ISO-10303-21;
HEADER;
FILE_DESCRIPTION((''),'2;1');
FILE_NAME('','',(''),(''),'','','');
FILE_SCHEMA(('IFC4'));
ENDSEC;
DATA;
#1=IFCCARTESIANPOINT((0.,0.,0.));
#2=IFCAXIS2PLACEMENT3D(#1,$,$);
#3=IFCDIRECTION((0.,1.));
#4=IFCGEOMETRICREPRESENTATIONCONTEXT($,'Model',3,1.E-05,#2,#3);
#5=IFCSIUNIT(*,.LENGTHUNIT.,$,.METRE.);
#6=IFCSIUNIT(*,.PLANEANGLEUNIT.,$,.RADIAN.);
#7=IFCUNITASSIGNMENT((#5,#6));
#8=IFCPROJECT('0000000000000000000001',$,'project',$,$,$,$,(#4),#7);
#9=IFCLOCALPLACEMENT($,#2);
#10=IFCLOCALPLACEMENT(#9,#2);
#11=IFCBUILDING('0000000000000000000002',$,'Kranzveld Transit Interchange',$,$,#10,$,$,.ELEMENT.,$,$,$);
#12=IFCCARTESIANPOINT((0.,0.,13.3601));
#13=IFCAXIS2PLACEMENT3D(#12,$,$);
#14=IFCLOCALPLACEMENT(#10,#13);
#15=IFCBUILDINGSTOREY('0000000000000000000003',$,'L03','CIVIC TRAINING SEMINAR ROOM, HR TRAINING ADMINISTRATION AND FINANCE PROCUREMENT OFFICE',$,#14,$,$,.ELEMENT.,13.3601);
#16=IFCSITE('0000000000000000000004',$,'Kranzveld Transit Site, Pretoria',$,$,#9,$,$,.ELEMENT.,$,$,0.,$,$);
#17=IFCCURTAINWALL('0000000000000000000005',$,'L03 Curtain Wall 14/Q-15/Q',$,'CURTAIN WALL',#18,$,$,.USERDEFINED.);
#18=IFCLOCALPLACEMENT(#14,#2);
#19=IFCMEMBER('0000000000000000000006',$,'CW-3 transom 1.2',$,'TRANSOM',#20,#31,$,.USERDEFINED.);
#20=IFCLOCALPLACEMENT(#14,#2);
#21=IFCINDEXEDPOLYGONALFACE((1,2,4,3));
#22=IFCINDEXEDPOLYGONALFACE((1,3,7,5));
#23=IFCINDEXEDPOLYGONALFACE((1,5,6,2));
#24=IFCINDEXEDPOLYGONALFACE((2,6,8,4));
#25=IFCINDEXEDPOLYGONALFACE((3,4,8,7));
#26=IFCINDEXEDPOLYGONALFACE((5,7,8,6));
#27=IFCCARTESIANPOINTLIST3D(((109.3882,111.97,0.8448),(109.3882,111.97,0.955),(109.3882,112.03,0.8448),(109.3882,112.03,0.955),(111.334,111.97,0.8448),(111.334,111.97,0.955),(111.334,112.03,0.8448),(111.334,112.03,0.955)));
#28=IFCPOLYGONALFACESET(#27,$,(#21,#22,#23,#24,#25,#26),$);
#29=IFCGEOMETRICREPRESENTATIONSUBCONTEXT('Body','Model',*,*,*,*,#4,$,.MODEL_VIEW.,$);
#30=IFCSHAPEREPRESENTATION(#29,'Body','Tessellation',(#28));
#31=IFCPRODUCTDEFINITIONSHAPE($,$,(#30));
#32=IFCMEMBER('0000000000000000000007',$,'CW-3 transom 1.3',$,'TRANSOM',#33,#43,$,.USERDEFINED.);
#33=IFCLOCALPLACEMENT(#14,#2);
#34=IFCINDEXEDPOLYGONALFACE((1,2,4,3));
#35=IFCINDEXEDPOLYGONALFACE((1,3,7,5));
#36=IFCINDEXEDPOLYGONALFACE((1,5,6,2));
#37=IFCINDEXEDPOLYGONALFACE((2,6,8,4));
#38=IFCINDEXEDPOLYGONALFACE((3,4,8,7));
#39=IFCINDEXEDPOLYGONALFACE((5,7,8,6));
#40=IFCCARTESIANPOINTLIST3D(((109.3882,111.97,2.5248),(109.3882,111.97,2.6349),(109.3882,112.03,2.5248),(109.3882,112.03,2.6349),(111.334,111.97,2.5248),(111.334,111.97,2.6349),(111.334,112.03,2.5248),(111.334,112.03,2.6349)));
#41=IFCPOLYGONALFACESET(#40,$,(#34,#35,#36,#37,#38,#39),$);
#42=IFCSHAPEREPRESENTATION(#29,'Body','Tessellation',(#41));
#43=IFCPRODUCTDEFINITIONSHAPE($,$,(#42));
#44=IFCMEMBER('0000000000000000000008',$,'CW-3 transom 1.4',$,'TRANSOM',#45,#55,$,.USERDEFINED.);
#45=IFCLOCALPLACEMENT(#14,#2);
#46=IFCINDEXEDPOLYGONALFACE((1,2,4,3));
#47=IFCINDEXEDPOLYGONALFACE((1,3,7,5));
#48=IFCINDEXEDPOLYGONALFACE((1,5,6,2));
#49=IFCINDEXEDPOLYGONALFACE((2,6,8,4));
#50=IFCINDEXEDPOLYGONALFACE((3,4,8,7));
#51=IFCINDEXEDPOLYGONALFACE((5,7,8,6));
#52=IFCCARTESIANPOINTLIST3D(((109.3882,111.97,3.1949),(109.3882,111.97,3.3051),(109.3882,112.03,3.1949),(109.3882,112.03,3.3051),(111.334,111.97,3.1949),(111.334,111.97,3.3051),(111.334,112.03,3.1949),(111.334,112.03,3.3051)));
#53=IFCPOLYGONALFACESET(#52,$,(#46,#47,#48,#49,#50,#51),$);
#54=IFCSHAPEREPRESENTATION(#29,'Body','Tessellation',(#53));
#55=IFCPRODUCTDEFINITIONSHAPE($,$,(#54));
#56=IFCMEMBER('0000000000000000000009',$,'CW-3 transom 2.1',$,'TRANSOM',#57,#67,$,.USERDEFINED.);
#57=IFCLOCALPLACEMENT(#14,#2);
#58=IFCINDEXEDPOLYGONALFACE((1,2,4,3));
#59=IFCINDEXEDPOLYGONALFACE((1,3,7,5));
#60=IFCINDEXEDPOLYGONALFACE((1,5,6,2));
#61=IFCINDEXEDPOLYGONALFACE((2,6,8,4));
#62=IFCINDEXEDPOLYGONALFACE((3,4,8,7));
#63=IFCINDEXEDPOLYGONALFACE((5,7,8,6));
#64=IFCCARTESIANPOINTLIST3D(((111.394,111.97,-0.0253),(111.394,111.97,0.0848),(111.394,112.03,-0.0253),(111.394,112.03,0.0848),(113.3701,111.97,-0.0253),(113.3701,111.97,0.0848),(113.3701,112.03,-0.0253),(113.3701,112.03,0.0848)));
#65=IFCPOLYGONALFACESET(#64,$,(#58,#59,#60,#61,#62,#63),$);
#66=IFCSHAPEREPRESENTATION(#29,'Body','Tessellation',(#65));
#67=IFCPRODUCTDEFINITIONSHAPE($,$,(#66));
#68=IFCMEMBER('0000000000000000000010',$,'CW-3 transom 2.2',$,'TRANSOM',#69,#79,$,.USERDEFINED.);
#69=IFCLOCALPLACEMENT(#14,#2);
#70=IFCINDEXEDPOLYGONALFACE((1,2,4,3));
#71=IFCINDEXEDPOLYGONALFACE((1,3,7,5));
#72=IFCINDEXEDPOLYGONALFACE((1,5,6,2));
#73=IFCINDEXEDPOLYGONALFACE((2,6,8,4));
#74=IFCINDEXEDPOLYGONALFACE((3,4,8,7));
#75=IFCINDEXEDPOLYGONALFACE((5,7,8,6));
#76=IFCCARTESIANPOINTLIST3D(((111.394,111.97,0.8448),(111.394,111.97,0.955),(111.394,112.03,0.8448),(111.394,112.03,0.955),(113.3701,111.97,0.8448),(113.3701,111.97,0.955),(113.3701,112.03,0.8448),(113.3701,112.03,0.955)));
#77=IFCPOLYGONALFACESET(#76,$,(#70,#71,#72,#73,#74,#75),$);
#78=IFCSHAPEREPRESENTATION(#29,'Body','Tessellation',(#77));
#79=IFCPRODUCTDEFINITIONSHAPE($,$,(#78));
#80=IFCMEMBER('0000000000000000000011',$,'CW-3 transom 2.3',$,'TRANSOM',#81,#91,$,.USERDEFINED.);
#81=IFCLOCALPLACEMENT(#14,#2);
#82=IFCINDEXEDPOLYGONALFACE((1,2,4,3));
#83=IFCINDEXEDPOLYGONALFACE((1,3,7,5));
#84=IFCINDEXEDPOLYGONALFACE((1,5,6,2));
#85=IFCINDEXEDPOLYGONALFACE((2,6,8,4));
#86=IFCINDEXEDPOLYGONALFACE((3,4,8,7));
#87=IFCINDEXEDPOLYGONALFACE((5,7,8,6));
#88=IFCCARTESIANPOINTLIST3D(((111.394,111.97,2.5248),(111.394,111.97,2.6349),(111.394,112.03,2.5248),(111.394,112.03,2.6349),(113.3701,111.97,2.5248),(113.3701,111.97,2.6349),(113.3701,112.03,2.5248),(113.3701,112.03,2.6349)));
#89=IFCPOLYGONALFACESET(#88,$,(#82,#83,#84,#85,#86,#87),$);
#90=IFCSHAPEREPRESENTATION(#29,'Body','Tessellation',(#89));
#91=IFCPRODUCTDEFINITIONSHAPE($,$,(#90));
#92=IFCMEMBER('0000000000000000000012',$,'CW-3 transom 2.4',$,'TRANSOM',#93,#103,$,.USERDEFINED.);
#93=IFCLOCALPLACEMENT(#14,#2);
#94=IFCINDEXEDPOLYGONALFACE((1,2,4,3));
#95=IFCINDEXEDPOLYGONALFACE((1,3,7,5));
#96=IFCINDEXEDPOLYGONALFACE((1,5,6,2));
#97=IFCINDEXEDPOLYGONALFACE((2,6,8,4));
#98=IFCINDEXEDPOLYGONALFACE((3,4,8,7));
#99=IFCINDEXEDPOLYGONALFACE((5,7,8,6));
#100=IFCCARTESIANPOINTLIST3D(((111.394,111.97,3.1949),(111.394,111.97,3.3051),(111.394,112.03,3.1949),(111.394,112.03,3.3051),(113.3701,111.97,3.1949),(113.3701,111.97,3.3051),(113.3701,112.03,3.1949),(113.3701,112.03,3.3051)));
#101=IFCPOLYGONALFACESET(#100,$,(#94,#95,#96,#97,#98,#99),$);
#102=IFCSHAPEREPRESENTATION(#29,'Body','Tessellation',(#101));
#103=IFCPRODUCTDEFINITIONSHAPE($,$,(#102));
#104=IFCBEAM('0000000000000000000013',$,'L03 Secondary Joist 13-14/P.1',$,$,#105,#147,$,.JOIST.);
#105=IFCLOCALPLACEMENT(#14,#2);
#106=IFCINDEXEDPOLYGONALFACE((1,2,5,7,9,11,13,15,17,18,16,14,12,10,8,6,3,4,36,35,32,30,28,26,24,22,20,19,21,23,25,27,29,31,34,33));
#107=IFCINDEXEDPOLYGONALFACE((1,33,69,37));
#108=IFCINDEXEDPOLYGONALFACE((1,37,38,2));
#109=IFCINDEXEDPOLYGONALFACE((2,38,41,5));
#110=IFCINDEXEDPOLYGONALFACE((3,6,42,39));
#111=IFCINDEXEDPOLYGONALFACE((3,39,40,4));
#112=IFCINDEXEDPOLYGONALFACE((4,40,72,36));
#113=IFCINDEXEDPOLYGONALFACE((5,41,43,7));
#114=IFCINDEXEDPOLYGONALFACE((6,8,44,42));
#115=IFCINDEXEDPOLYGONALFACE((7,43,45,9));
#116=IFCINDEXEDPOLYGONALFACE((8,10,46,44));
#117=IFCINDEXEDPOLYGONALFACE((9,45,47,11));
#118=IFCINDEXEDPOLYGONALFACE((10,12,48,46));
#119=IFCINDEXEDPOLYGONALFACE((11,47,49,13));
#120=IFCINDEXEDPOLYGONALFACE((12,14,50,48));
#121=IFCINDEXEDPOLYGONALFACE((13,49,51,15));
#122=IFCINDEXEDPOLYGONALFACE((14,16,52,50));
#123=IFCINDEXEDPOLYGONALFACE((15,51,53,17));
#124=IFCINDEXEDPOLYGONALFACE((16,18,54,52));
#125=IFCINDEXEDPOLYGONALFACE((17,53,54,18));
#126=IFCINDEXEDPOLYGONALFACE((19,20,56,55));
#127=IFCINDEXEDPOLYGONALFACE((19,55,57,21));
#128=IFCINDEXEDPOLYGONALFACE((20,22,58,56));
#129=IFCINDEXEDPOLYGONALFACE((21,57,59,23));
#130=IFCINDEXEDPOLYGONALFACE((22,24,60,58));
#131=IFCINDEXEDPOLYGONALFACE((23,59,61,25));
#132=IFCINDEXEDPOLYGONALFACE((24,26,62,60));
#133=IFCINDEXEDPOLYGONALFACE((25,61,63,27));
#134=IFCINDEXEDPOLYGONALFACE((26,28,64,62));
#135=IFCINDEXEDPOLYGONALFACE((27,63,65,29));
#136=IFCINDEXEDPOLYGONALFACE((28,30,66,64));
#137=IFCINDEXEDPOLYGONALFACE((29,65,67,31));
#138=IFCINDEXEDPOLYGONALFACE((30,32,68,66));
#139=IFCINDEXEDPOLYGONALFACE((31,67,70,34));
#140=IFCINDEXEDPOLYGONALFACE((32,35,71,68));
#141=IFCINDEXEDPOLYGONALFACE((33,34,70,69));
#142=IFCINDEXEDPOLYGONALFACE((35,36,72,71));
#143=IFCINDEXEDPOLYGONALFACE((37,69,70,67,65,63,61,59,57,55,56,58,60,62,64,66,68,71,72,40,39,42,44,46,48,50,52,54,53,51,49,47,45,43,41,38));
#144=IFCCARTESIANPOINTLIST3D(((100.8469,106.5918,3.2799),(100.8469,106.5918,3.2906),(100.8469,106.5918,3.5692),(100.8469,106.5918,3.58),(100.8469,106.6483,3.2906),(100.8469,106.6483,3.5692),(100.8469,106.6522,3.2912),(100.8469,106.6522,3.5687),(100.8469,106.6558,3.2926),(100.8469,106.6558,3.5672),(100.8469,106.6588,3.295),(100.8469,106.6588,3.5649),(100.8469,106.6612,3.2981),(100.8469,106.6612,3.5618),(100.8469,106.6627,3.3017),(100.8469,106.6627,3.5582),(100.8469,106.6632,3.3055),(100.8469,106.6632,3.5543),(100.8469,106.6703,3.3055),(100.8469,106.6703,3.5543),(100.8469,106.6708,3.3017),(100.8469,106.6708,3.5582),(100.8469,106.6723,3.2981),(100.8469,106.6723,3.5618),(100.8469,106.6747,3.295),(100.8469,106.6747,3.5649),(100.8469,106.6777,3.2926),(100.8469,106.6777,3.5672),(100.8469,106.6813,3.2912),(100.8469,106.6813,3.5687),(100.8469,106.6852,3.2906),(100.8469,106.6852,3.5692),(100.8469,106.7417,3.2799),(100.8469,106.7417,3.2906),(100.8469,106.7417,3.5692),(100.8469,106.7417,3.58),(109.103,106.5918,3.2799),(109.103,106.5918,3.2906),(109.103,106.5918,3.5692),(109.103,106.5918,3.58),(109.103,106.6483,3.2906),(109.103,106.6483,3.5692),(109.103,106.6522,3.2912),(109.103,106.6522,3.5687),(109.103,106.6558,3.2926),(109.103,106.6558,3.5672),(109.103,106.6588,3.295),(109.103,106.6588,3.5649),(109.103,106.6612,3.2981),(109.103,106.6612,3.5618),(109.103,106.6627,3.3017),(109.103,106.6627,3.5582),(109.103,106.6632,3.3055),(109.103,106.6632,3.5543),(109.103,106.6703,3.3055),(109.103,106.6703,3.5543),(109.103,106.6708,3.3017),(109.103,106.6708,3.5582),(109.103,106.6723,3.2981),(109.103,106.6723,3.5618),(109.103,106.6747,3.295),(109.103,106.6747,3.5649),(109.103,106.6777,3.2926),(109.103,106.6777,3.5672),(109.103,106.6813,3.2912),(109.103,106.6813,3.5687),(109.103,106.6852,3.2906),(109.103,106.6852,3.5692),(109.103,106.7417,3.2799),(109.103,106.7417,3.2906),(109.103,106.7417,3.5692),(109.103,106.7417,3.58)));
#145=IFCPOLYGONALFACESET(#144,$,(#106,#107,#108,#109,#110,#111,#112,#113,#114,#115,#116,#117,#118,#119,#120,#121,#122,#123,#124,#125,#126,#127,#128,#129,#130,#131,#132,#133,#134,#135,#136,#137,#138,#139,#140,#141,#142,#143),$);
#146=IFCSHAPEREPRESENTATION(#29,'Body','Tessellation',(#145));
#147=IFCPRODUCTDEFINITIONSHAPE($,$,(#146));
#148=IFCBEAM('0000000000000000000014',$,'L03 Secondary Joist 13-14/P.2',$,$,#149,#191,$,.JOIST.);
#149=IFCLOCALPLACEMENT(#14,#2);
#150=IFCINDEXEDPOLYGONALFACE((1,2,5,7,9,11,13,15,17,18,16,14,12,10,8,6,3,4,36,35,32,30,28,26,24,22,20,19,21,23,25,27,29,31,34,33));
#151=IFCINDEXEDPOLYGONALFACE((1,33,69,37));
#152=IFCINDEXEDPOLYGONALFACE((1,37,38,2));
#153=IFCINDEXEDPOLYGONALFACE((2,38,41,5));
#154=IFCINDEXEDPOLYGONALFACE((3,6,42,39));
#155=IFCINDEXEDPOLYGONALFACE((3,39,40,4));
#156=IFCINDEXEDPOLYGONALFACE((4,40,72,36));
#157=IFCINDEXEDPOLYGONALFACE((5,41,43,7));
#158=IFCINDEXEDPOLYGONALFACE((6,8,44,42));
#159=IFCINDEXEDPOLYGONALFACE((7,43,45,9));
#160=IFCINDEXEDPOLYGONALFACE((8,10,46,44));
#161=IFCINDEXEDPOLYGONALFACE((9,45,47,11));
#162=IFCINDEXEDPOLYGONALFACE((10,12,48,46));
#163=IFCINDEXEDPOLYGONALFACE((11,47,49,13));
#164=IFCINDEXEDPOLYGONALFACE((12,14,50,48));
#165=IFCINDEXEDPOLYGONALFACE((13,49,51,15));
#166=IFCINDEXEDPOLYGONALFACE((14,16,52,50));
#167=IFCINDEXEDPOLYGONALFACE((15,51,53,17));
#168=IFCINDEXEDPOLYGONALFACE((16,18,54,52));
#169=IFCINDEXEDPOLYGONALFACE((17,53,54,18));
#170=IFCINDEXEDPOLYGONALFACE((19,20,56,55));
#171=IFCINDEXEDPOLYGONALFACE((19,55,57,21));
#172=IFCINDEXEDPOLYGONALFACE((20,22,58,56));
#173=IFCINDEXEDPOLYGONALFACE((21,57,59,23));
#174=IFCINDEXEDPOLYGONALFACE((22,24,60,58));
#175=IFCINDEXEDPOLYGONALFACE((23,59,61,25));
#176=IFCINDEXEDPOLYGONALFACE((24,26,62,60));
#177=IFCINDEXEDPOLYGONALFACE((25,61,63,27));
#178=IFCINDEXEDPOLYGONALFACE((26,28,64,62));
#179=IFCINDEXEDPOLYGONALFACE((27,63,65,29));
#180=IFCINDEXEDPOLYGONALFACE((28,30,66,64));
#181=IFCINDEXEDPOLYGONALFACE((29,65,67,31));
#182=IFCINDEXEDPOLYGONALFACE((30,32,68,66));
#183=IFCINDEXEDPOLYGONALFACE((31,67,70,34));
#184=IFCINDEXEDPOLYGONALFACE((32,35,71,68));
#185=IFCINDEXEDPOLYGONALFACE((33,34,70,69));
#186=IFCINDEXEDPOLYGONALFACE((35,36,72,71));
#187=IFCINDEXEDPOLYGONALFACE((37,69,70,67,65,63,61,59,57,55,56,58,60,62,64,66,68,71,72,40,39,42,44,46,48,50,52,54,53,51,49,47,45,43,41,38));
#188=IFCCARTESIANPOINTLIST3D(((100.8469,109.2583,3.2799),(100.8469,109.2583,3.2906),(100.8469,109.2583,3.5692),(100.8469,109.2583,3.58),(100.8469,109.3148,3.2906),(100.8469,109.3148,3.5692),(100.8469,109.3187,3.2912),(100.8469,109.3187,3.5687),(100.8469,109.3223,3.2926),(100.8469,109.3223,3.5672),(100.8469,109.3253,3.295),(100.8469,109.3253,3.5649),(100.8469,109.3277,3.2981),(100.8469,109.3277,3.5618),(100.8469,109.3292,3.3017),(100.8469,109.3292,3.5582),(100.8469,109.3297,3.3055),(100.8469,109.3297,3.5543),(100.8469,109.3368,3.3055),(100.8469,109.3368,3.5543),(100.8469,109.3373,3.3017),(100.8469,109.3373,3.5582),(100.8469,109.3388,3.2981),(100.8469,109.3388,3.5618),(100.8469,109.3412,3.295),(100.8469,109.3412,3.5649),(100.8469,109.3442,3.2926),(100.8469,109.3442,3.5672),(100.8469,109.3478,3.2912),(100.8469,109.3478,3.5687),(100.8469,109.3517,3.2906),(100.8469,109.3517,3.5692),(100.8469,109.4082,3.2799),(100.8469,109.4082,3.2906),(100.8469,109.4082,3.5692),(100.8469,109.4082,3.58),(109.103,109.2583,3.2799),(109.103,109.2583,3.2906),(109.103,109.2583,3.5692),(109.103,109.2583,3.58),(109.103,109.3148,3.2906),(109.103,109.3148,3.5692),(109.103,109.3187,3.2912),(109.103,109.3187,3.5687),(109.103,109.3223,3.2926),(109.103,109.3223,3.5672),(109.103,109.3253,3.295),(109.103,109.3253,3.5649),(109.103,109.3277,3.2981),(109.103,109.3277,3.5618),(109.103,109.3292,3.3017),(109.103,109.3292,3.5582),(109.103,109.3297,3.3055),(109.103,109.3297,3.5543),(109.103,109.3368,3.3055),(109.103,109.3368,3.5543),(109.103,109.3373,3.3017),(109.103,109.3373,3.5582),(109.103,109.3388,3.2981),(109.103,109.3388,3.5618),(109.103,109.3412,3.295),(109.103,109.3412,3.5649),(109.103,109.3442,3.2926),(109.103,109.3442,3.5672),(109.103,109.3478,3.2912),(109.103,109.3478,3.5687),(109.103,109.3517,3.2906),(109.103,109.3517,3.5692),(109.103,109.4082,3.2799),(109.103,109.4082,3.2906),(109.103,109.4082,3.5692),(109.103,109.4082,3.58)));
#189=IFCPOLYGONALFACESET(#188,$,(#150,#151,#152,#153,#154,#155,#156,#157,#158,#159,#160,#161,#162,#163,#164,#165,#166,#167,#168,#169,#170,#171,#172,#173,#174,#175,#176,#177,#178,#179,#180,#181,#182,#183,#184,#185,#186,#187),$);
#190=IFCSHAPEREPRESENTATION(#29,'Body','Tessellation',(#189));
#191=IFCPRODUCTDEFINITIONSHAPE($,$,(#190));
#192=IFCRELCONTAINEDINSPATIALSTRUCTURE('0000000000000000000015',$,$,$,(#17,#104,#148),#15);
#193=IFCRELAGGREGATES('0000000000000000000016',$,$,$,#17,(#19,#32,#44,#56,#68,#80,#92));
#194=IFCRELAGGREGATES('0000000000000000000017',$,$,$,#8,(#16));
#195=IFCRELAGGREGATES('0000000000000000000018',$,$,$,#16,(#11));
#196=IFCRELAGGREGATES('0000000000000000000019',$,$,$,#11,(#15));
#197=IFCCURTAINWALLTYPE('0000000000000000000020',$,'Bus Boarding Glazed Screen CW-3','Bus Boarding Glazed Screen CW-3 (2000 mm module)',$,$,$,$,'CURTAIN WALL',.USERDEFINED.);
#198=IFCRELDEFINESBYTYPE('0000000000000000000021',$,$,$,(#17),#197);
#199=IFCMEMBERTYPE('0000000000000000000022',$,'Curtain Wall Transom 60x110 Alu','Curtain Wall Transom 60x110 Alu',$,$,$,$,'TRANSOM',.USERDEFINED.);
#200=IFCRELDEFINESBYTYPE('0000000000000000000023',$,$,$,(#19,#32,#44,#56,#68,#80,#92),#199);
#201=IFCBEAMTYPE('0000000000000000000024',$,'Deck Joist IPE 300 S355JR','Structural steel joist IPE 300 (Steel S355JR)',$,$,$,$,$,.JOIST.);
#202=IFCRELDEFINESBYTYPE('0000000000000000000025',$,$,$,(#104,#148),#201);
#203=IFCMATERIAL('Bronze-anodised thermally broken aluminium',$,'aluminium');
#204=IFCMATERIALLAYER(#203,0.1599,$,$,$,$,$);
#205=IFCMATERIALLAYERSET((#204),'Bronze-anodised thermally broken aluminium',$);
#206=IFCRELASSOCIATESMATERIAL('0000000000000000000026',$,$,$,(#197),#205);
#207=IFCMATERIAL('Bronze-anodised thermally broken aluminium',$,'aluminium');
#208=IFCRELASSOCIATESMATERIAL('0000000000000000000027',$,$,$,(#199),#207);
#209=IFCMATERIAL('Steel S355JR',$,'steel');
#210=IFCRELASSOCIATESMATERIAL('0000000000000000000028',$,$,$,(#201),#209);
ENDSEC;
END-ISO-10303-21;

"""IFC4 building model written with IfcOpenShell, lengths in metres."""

from ifc_helpers import new_model, si_unit, direction, frame, origin, origin_2d, place, context, subcontext, project, spatial, rectangle, i_section, extrude, material, layer, layer_set, material_profile, profile_set, type_object, element, aggregate, save


model = new_model("IFC4")

# Units and contexts
model_context = context("Model", 3, precision=1e-05, world=origin(), true_north=direction((0.0, 1.0)))
body_context = subcontext(model_context, "Body", "Model", "MODEL_VIEW")
ifc_project = project(units=[si_unit("LENGTHUNIT", "METRE"), si_unit("PLANEANGLEUNIT", "RADIAN")], contexts=[model_context])

# Site, building, storey
site_placement = place(None, origin())
site = spatial("IfcSite", under=ifc_project, at=site_placement, Name="Kranzveld Transit Site, Pretoria", CompositionType="ELEMENT", RefElevation=0.0)
building_placement = place(site_placement, origin())
building = spatial("IfcBuilding", under=site, at=building_placement, Name="Kranzveld Transit Interchange", CompositionType="ELEMENT")
storey_placement = place(building_placement, frame((0.0, 0.0, 13.3601)))
storey = spatial("IfcBuildingStorey", under=building, at=storey_placement, Name="L03", Description="CIVIC TRAINING SEMINAR ROOM, HR TRAINING ADMINISTRATION AND FINANCE PROCUREMENT OFFICE", CompositionType="ELEMENT", Elevation=13.3601)

# Curtain wall, members
ifc_material_1 = material(Name="Bronze-anodised thermally broken aluminium", Category="aluminium")
ifc_layer_1 = layer(ifc_material_1, 0.1599)
ifc_layer_set_1 = layer_set([ifc_layer_1], Name="Bronze-anodised thermally broken aluminium")
curtain_wall_type = type_object("IfcCurtainWallType", Name="Bus Boarding Glazed Screen CW-3", Description="Bus Boarding Glazed Screen CW-3 (2000 mm module)", ElementType="CURTAIN WALL", PredefinedType="USERDEFINED", material=ifc_layer_set_1)
curtain_wall_placement = place(storey_placement, origin())
curtain_wall = element("IfcCurtainWall", 1, at=curtain_wall_placement, inside=storey, type_object=curtain_wall_type, Name="L03 Curtain Wall 14/Q-15/Q", ObjectType="CURTAIN WALL", PredefinedType="USERDEFINED")
ifc_material_2 = material(Name="Bronze-anodised thermally broken aluminium", Category="aluminium")
ifc_material_profile_1 = material_profile(ifc_material_2, rectangle(XDim=0.0601, YDim=0.1101, at=origin_2d()), Name="ALU TRANSOM 60x110")
ifc_profile_set_1 = profile_set([ifc_material_profile_1], Name="Bronze-anodised thermally broken aluminium")
member_type_1 = type_object("IfcMemberType", Name="Curtain Wall Transom 60x110 Alu", Description="Curtain Wall Transom 60x110 Alu", ElementType="TRANSOM", PredefinedType="USERDEFINED", material=ifc_profile_set_1)
member_1_placement = place(storey_placement, frame((109.3882, 112.0, 0.8999), z_axis=(1.0, 0.0, 0.0), x_axis=(0.0, 1.0, 0.0)))
member_1 = element("IfcMember", 2, at=member_1_placement, type_object=member_type_1, Name="CW-3 transom 1.2", ObjectType="TRANSOM", PredefinedType="USERDEFINED", context=body_context, shape_type="SweptSolid", body=[
    extrude(rectangle(XDim=0.0601, YDim=0.1101, at=origin_2d()), origin(), (0.0, 0.0, 1.0), 1.9458),
])
member_2_placement = place(storey_placement, frame((109.3882, 112.0, 2.5798), z_axis=(1.0, 0.0, 0.0), x_axis=(0.0, 1.0, 0.0)))
member_2 = element("IfcMember", 3, at=member_2_placement, type_object=member_type_1, Name="CW-3 transom 1.3", ObjectType="TRANSOM", PredefinedType="USERDEFINED", context=body_context, shape_type="SweptSolid", body=[
    extrude(rectangle(XDim=0.0601, YDim=0.1101, at=origin_2d()), origin(), (0.0, 0.0, 1.0), 1.9458),
])
member_3_placement = place(storey_placement, frame((109.3882, 112.0, 3.25), z_axis=(1.0, 0.0, 0.0), x_axis=(0.0, 1.0, 0.0)))
member_3 = element("IfcMember", 4, at=member_3_placement, type_object=member_type_1, Name="CW-3 transom 1.4", ObjectType="TRANSOM", PredefinedType="USERDEFINED", context=body_context, shape_type="SweptSolid", body=[
    extrude(rectangle(XDim=0.0601, YDim=0.1101, at=origin_2d()), origin(), (0.0, 0.0, 1.0), 1.9458),
])
member_4_placement = place(storey_placement, frame((111.394, 112.0, 0.0298), z_axis=(1.0, 0.0, 0.0), x_axis=(0.0, 1.0, 0.0)))
member_4 = element("IfcMember", 5, at=member_4_placement, type_object=member_type_1, Name="CW-3 transom 2.1", ObjectType="TRANSOM", PredefinedType="USERDEFINED", context=body_context, shape_type="SweptSolid", body=[
    extrude(rectangle(XDim=0.0601, YDim=0.1101, at=origin_2d()), origin(), (0.0, 0.0, 1.0), 1.9761),
])
member_5_placement = place(storey_placement, frame((111.394, 112.0, 0.8999), z_axis=(1.0, 0.0, 0.0), x_axis=(0.0, 1.0, 0.0)))
member_5 = element("IfcMember", 6, at=member_5_placement, type_object=member_type_1, Name="CW-3 transom 2.2", ObjectType="TRANSOM", PredefinedType="USERDEFINED", context=body_context, shape_type="SweptSolid", body=[
    extrude(rectangle(XDim=0.0601, YDim=0.1101, at=origin_2d()), origin(), (0.0, 0.0, 1.0), 1.9761),
])
member_6_placement = place(storey_placement, frame((111.394, 112.0, 2.5798), z_axis=(1.0, 0.0, 0.0), x_axis=(0.0, 1.0, 0.0)))
member_6 = element("IfcMember", 7, at=member_6_placement, type_object=member_type_1, Name="CW-3 transom 2.3", ObjectType="TRANSOM", PredefinedType="USERDEFINED", context=body_context, shape_type="SweptSolid", body=[
    extrude(rectangle(XDim=0.0601, YDim=0.1101, at=origin_2d()), origin(), (0.0, 0.0, 1.0), 1.9761),
])
member_7_placement = place(storey_placement, frame((111.394, 112.0, 3.25), z_axis=(1.0, 0.0, 0.0), x_axis=(0.0, 1.0, 0.0)))
member_7 = element("IfcMember", 8, at=member_7_placement, type_object=member_type_1, Name="CW-3 transom 2.4", ObjectType="TRANSOM", PredefinedType="USERDEFINED", context=body_context, shape_type="SweptSolid", body=[
    extrude(rectangle(XDim=0.0601, YDim=0.1101, at=origin_2d()), origin(), (0.0, 0.0, 1.0), 1.9761),
])

# Beams
ifc_material_3 = material(Name="Steel S355JR", Category="steel")
ifc_material_profile_2 = material_profile(ifc_material_3, i_section(OverallWidth=0.1499, OverallDepth=0.3, WebThickness=0.0071, FlangeThickness=0.0107, FilletRadius=0.0149, at=origin_2d()), Name="IPE 300")
ifc_profile_set_2 = profile_set([ifc_material_profile_2], Name="Steel S355JR")
beam_type_1 = type_object("IfcBeamType", Name="Deck Joist IPE 300 S355JR", Description="Structural steel joist IPE 300 (Steel S355JR)", PredefinedType="JOIST", material=ifc_profile_set_2)
for number, where, z_axis, x_axis, name in (
    (9, (100.8469, 106.6667, 3.4299), (1.0, 0.0, 0.0), (0.0, 1.0, 0.0), "L03 Secondary Joist 13-14/P.1"),
    (10, (100.8469, 109.3333, 3.4299), (1.0, 0.0, 0.0), (0.0, 1.0, 0.0), "L03 Secondary Joist 13-14/P.2"),
):
    element("IfcBeam", number, at=place(storey_placement, frame(where, z_axis=z_axis, x_axis=x_axis)), inside=storey, type_object=beam_type_1, Name=name, PredefinedType="JOIST", context=body_context, shape_type="SweptSolid", body=[
        extrude(i_section(OverallWidth=0.1499, OverallDepth=0.3, WebThickness=0.0071, FlangeThickness=0.0107, FilletRadius=0.0149, at=origin_2d()), origin(), (0.0, 0.0, 1.0), 8.2561),
    ])

aggregate(curtain_wall, [member_1, member_2, member_3, member_4, member_5, member_6, member_7])

save(model, "model.ifc")
